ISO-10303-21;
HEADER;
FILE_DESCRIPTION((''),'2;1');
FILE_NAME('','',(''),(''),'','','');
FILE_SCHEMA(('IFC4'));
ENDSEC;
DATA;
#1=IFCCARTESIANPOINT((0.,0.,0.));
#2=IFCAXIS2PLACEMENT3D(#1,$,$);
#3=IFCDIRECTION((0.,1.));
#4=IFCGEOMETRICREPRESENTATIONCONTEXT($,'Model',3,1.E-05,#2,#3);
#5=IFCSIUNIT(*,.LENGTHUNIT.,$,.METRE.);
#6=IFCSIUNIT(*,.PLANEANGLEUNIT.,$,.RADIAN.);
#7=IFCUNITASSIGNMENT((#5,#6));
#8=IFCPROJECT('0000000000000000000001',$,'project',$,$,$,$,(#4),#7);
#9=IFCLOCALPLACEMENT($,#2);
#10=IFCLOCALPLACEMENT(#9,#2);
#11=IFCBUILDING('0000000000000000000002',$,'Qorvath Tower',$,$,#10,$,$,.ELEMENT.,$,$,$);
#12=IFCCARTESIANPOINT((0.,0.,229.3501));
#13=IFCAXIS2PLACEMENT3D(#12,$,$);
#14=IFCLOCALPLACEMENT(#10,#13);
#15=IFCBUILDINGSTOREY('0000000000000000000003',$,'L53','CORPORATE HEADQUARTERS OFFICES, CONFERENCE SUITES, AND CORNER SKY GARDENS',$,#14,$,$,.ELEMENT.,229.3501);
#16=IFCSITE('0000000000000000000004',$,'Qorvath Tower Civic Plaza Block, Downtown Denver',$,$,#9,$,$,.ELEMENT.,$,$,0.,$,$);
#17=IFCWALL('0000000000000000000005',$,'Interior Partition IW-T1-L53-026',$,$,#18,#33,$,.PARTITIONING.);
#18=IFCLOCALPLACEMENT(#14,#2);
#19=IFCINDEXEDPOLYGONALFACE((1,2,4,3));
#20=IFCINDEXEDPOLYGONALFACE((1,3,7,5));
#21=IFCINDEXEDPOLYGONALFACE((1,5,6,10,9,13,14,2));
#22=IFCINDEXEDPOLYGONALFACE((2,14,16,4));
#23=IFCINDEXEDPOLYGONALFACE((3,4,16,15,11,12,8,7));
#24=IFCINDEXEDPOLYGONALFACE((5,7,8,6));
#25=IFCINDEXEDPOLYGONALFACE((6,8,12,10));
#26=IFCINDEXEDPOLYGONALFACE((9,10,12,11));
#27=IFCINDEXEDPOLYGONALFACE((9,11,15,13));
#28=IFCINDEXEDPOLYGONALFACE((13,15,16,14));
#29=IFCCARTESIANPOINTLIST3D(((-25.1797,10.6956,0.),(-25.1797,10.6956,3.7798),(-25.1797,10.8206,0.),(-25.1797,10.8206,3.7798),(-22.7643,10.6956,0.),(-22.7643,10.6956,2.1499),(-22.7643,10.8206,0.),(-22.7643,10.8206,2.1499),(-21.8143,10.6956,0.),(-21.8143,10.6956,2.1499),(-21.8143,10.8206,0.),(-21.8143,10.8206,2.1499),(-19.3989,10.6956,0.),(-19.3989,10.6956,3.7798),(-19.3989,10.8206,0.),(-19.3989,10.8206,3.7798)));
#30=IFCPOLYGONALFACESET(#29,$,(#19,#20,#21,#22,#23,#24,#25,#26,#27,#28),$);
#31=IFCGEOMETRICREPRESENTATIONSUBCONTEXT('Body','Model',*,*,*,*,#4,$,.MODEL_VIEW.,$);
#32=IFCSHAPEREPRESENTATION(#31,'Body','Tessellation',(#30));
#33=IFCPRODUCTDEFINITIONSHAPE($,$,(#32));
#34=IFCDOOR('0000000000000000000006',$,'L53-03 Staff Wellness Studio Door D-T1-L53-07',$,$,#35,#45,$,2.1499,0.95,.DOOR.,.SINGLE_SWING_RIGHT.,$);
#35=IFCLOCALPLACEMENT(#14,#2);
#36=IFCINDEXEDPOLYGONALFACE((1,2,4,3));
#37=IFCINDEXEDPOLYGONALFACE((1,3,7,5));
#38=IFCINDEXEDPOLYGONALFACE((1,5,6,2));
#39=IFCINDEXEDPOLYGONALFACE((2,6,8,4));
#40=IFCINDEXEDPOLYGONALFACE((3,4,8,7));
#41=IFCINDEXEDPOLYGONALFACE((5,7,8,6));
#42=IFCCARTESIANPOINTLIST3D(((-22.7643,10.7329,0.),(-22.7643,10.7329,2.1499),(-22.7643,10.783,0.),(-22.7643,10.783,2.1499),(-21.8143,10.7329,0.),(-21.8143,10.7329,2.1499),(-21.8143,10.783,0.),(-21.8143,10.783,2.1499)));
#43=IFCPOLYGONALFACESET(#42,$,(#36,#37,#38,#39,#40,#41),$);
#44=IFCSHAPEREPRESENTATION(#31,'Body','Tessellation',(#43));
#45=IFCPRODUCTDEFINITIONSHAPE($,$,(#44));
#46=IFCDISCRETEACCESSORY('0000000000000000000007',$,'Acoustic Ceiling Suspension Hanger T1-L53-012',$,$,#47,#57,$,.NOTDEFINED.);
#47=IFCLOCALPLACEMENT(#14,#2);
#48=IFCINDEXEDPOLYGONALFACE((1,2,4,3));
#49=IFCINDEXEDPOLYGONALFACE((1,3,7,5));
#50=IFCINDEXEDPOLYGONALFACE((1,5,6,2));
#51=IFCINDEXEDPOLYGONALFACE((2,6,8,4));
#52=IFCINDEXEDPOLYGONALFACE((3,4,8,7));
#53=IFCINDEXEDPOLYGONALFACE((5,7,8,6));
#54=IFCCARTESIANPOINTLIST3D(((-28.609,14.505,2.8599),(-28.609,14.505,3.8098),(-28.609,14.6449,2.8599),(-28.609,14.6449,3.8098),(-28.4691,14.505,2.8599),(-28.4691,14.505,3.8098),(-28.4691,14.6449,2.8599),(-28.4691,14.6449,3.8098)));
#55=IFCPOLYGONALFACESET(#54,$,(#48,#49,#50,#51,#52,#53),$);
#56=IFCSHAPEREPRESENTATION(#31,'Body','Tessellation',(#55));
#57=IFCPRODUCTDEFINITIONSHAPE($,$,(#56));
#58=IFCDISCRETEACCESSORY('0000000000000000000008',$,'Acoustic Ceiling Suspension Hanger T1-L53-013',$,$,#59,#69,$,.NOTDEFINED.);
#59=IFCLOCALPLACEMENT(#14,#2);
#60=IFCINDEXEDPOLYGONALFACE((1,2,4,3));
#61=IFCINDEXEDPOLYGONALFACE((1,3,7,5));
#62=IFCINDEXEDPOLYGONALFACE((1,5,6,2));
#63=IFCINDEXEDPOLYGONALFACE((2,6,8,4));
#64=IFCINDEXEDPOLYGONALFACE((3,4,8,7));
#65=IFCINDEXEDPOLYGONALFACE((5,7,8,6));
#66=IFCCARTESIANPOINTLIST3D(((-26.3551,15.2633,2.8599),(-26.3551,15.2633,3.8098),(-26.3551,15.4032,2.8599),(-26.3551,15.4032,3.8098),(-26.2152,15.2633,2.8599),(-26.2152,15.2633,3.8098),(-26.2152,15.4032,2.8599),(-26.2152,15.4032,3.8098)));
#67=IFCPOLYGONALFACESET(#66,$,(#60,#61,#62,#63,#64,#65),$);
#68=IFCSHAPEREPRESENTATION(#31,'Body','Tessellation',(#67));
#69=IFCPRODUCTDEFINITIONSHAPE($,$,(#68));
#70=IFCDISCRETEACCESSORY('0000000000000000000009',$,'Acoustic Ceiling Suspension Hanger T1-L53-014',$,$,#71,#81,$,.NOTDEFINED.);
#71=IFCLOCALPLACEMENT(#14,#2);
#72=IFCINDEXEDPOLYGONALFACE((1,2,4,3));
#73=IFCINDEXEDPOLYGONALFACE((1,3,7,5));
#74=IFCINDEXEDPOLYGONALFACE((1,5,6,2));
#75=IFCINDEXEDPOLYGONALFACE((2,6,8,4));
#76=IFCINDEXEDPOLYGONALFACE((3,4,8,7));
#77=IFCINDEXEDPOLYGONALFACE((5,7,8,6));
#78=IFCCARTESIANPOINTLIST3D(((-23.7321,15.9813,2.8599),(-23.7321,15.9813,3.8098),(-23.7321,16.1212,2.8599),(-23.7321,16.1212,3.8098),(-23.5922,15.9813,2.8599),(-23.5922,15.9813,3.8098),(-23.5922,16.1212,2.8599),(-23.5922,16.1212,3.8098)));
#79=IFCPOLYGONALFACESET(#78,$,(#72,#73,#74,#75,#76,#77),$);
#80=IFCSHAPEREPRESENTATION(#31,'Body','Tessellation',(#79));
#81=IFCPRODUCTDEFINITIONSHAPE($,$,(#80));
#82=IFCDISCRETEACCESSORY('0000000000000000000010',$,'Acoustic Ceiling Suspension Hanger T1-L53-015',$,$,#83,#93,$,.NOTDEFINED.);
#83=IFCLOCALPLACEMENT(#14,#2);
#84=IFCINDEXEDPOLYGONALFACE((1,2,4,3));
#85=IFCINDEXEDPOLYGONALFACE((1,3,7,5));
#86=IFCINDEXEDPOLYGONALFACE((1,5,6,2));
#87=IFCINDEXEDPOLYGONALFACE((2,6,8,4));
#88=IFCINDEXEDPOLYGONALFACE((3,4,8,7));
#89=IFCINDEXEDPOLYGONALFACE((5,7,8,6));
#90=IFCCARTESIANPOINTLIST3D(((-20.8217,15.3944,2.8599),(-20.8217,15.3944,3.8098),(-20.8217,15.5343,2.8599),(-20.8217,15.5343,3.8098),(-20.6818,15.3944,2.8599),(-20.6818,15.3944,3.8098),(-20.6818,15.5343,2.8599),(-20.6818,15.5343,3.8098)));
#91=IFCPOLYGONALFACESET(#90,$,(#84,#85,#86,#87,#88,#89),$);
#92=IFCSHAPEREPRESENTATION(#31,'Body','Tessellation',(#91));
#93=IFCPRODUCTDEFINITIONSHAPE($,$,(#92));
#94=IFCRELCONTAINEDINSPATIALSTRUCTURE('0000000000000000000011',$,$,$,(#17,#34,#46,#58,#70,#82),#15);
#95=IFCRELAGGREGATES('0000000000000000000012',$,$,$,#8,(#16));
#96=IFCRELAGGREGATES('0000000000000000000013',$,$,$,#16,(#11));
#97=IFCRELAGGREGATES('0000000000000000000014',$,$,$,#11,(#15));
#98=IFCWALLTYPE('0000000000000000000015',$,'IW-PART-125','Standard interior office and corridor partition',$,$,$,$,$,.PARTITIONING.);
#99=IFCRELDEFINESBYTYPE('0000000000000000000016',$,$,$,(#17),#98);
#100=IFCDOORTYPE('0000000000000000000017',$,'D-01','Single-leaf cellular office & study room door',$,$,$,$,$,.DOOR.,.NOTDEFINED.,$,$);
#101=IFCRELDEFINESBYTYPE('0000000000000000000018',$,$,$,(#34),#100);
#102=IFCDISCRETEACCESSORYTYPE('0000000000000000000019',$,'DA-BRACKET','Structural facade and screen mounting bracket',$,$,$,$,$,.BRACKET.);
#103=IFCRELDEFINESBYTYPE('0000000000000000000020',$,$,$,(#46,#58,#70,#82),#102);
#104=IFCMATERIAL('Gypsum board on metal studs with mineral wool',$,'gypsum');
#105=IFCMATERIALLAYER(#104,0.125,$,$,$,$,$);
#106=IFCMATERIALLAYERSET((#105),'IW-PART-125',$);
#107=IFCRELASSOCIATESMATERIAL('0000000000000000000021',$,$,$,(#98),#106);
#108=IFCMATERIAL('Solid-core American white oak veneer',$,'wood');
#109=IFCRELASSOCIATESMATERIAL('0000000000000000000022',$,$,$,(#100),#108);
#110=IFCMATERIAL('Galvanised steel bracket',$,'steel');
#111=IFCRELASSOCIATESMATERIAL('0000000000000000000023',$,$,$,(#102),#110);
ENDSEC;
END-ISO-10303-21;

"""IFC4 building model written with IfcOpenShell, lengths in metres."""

from ifc_helpers import new_model, si_unit, direction, frame, frame_2d, origin, origin_2d, place, context, subcontext, project, spatial, rectangle, extrude, material, layer, layer_set, type_object, element, fill, save


model = new_model("IFC4")

# Units and contexts
model_context = context("Model", 3, precision=1e-05, world=origin(), true_north=direction((0.0, 1.0)))
body_context = subcontext(model_context, "Body", "Model", "MODEL_VIEW")
ifc_project = project(units=[si_unit("LENGTHUNIT", "METRE"), si_unit("PLANEANGLEUNIT", "RADIAN")], contexts=[model_context])

# Site, building, storey
site_placement = place(None, origin())
site = spatial("IfcSite", under=ifc_project, at=site_placement, Name="Qorvath Tower Civic Plaza Block, Downtown Denver", CompositionType="ELEMENT", RefElevation=0.0)
building_placement = place(site_placement, origin())
building = spatial("IfcBuilding", under=site, at=building_placement, Name="Qorvath Tower", CompositionType="ELEMENT")
storey_placement = place(building_placement, frame((0.0, 0.0, 229.3501)))
storey = spatial("IfcBuildingStorey", under=building, at=storey_placement, Name="L53", Description="CORPORATE HEADQUARTERS OFFICES, CONFERENCE SUITES, AND CORNER SKY GARDENS", CompositionType="ELEMENT", Elevation=229.3501)

# Shared definitions
ifc_material_1 = material(Name="Gypsum board on metal studs with mineral wool", Category="gypsum")
ifc_layer_1 = layer(ifc_material_1, 0.125)
ifc_layer_set_1 = layer_set([ifc_layer_1], Name="IW-PART-125")
wall_type_1 = type_object("IfcWallType", Name="IW-PART-125", Description="Standard interior office and corridor partition", PredefinedType="PARTITIONING", material=ifc_layer_set_1)
ifc_material_2 = material(Name="Solid-core American white oak veneer", Category="wood")
door_type = type_object("IfcDoorType", Name="D-01", Description="Single-leaf cellular office & study room door", OperationType="NOTDEFINED", PredefinedType="DOOR", material=ifc_material_2)

# Wall, opening, door
wall_1_placement = place(storey_placement, frame((-25.1797, 10.7581, 0.0), z_axis=(0.0, 0.0, 1.0), x_axis=(1.0, 0.0, 0.0)))
wall_1 = element("IfcWall", 1, at=wall_1_placement, inside=storey, type_object=wall_type_1, Name="Interior Partition IW-T1-L53-026", PredefinedType="PARTITIONING", context=body_context, shape_type="SweptSolid", body=[
    extrude(rectangle(XDim=5.7808, YDim=0.125, at=frame_2d((2.8904, 0.0))), origin(), (0.0, 0.0, 1.0), 3.7798),
])
opening_1_placement = place(wall_1_placement, frame((2.4153, 0.0, 0.0)))
opening_1 = element("IfcOpeningElement", 2, at=opening_1_placement, cuts=wall_1, PredefinedType="OPENING", context=body_context, shape_type="SweptSolid", body=[
    extrude(rectangle(XDim=0.95, YDim=2.1499, at=frame_2d((0.4751, 1.075))), frame((0.0, 0.0725, 0.0), z_axis=(0.0, -1.0, 0.0), x_axis=(1.0, 0.0, 0.0)), (0.0, 0.0, 1.0), 0.145),
])
door_1_placement = place(opening_1_placement, origin())
door_1 = element("IfcDoor", 3, at=door_1_placement, inside=storey, type_object=door_type, Name="L53-03 Staff Wellness Studio Door D-T1-L53-07", OperationType="SINGLE_SWING_RIGHT", OverallHeight=2.1499, OverallWidth=0.95, PredefinedType="DOOR", context=body_context, shape_type="SweptSolid", body=[
    extrude(rectangle(XDim=0.95, YDim=2.1499, at=frame_2d((0.4751, 1.075))), frame((0.0, 0.0249, 0.0), z_axis=(0.0, -1.0, 0.0), x_axis=(1.0, 0.0, 0.0)), (0.0, 0.0, 1.0), 0.05),
])
fill(opening_1, door_1)

# Discrete accessories
ifc_material_3 = material(Name="Galvanised steel bracket", Category="steel")
discrete_accessory_type = type_object("IfcDiscreteAccessoryType", Name="DA-BRACKET", Description="Structural facade and screen mounting bracket", PredefinedType="BRACKET", material=ifc_material_3)
for number, where, z_axis, x_axis, name in (
    (4, (-28.5391, 14.575, 2.8599), (0.0, 0.0, 1.0), (1.0, 0.0, 0.0), "Acoustic Ceiling Suspension Hanger T1-L53-012"),
    (5, (-26.2852, 15.3333, 2.8599), (0.0, 0.0, 1.0), (1.0, 0.0, 0.0), "Acoustic Ceiling Suspension Hanger T1-L53-013"),
    (6, (-23.6621, 16.0513, 2.8599), (0.0, 0.0, 1.0), (1.0, 0.0, 0.0), "Acoustic Ceiling Suspension Hanger T1-L53-014"),
    (7, (-20.7517, 15.4644, 2.8599), (0.0, 0.0, 1.0), (1.0, 0.0, 0.0), "Acoustic Ceiling Suspension Hanger T1-L53-015"),
):
    element("IfcDiscreteAccessory", number, at=place(storey_placement, frame(where, z_axis=z_axis, x_axis=x_axis)), inside=storey, type_object=discrete_accessory_type, Name=name, PredefinedType="NOTDEFINED", context=body_context, shape_type="SweptSolid", body=[
        extrude(rectangle(XDim=0.1399, YDim=0.1399, at=origin_2d()), origin(), (0.0, 0.0, 1.0), 0.95),
    ])

save(model, "model.ifc")
